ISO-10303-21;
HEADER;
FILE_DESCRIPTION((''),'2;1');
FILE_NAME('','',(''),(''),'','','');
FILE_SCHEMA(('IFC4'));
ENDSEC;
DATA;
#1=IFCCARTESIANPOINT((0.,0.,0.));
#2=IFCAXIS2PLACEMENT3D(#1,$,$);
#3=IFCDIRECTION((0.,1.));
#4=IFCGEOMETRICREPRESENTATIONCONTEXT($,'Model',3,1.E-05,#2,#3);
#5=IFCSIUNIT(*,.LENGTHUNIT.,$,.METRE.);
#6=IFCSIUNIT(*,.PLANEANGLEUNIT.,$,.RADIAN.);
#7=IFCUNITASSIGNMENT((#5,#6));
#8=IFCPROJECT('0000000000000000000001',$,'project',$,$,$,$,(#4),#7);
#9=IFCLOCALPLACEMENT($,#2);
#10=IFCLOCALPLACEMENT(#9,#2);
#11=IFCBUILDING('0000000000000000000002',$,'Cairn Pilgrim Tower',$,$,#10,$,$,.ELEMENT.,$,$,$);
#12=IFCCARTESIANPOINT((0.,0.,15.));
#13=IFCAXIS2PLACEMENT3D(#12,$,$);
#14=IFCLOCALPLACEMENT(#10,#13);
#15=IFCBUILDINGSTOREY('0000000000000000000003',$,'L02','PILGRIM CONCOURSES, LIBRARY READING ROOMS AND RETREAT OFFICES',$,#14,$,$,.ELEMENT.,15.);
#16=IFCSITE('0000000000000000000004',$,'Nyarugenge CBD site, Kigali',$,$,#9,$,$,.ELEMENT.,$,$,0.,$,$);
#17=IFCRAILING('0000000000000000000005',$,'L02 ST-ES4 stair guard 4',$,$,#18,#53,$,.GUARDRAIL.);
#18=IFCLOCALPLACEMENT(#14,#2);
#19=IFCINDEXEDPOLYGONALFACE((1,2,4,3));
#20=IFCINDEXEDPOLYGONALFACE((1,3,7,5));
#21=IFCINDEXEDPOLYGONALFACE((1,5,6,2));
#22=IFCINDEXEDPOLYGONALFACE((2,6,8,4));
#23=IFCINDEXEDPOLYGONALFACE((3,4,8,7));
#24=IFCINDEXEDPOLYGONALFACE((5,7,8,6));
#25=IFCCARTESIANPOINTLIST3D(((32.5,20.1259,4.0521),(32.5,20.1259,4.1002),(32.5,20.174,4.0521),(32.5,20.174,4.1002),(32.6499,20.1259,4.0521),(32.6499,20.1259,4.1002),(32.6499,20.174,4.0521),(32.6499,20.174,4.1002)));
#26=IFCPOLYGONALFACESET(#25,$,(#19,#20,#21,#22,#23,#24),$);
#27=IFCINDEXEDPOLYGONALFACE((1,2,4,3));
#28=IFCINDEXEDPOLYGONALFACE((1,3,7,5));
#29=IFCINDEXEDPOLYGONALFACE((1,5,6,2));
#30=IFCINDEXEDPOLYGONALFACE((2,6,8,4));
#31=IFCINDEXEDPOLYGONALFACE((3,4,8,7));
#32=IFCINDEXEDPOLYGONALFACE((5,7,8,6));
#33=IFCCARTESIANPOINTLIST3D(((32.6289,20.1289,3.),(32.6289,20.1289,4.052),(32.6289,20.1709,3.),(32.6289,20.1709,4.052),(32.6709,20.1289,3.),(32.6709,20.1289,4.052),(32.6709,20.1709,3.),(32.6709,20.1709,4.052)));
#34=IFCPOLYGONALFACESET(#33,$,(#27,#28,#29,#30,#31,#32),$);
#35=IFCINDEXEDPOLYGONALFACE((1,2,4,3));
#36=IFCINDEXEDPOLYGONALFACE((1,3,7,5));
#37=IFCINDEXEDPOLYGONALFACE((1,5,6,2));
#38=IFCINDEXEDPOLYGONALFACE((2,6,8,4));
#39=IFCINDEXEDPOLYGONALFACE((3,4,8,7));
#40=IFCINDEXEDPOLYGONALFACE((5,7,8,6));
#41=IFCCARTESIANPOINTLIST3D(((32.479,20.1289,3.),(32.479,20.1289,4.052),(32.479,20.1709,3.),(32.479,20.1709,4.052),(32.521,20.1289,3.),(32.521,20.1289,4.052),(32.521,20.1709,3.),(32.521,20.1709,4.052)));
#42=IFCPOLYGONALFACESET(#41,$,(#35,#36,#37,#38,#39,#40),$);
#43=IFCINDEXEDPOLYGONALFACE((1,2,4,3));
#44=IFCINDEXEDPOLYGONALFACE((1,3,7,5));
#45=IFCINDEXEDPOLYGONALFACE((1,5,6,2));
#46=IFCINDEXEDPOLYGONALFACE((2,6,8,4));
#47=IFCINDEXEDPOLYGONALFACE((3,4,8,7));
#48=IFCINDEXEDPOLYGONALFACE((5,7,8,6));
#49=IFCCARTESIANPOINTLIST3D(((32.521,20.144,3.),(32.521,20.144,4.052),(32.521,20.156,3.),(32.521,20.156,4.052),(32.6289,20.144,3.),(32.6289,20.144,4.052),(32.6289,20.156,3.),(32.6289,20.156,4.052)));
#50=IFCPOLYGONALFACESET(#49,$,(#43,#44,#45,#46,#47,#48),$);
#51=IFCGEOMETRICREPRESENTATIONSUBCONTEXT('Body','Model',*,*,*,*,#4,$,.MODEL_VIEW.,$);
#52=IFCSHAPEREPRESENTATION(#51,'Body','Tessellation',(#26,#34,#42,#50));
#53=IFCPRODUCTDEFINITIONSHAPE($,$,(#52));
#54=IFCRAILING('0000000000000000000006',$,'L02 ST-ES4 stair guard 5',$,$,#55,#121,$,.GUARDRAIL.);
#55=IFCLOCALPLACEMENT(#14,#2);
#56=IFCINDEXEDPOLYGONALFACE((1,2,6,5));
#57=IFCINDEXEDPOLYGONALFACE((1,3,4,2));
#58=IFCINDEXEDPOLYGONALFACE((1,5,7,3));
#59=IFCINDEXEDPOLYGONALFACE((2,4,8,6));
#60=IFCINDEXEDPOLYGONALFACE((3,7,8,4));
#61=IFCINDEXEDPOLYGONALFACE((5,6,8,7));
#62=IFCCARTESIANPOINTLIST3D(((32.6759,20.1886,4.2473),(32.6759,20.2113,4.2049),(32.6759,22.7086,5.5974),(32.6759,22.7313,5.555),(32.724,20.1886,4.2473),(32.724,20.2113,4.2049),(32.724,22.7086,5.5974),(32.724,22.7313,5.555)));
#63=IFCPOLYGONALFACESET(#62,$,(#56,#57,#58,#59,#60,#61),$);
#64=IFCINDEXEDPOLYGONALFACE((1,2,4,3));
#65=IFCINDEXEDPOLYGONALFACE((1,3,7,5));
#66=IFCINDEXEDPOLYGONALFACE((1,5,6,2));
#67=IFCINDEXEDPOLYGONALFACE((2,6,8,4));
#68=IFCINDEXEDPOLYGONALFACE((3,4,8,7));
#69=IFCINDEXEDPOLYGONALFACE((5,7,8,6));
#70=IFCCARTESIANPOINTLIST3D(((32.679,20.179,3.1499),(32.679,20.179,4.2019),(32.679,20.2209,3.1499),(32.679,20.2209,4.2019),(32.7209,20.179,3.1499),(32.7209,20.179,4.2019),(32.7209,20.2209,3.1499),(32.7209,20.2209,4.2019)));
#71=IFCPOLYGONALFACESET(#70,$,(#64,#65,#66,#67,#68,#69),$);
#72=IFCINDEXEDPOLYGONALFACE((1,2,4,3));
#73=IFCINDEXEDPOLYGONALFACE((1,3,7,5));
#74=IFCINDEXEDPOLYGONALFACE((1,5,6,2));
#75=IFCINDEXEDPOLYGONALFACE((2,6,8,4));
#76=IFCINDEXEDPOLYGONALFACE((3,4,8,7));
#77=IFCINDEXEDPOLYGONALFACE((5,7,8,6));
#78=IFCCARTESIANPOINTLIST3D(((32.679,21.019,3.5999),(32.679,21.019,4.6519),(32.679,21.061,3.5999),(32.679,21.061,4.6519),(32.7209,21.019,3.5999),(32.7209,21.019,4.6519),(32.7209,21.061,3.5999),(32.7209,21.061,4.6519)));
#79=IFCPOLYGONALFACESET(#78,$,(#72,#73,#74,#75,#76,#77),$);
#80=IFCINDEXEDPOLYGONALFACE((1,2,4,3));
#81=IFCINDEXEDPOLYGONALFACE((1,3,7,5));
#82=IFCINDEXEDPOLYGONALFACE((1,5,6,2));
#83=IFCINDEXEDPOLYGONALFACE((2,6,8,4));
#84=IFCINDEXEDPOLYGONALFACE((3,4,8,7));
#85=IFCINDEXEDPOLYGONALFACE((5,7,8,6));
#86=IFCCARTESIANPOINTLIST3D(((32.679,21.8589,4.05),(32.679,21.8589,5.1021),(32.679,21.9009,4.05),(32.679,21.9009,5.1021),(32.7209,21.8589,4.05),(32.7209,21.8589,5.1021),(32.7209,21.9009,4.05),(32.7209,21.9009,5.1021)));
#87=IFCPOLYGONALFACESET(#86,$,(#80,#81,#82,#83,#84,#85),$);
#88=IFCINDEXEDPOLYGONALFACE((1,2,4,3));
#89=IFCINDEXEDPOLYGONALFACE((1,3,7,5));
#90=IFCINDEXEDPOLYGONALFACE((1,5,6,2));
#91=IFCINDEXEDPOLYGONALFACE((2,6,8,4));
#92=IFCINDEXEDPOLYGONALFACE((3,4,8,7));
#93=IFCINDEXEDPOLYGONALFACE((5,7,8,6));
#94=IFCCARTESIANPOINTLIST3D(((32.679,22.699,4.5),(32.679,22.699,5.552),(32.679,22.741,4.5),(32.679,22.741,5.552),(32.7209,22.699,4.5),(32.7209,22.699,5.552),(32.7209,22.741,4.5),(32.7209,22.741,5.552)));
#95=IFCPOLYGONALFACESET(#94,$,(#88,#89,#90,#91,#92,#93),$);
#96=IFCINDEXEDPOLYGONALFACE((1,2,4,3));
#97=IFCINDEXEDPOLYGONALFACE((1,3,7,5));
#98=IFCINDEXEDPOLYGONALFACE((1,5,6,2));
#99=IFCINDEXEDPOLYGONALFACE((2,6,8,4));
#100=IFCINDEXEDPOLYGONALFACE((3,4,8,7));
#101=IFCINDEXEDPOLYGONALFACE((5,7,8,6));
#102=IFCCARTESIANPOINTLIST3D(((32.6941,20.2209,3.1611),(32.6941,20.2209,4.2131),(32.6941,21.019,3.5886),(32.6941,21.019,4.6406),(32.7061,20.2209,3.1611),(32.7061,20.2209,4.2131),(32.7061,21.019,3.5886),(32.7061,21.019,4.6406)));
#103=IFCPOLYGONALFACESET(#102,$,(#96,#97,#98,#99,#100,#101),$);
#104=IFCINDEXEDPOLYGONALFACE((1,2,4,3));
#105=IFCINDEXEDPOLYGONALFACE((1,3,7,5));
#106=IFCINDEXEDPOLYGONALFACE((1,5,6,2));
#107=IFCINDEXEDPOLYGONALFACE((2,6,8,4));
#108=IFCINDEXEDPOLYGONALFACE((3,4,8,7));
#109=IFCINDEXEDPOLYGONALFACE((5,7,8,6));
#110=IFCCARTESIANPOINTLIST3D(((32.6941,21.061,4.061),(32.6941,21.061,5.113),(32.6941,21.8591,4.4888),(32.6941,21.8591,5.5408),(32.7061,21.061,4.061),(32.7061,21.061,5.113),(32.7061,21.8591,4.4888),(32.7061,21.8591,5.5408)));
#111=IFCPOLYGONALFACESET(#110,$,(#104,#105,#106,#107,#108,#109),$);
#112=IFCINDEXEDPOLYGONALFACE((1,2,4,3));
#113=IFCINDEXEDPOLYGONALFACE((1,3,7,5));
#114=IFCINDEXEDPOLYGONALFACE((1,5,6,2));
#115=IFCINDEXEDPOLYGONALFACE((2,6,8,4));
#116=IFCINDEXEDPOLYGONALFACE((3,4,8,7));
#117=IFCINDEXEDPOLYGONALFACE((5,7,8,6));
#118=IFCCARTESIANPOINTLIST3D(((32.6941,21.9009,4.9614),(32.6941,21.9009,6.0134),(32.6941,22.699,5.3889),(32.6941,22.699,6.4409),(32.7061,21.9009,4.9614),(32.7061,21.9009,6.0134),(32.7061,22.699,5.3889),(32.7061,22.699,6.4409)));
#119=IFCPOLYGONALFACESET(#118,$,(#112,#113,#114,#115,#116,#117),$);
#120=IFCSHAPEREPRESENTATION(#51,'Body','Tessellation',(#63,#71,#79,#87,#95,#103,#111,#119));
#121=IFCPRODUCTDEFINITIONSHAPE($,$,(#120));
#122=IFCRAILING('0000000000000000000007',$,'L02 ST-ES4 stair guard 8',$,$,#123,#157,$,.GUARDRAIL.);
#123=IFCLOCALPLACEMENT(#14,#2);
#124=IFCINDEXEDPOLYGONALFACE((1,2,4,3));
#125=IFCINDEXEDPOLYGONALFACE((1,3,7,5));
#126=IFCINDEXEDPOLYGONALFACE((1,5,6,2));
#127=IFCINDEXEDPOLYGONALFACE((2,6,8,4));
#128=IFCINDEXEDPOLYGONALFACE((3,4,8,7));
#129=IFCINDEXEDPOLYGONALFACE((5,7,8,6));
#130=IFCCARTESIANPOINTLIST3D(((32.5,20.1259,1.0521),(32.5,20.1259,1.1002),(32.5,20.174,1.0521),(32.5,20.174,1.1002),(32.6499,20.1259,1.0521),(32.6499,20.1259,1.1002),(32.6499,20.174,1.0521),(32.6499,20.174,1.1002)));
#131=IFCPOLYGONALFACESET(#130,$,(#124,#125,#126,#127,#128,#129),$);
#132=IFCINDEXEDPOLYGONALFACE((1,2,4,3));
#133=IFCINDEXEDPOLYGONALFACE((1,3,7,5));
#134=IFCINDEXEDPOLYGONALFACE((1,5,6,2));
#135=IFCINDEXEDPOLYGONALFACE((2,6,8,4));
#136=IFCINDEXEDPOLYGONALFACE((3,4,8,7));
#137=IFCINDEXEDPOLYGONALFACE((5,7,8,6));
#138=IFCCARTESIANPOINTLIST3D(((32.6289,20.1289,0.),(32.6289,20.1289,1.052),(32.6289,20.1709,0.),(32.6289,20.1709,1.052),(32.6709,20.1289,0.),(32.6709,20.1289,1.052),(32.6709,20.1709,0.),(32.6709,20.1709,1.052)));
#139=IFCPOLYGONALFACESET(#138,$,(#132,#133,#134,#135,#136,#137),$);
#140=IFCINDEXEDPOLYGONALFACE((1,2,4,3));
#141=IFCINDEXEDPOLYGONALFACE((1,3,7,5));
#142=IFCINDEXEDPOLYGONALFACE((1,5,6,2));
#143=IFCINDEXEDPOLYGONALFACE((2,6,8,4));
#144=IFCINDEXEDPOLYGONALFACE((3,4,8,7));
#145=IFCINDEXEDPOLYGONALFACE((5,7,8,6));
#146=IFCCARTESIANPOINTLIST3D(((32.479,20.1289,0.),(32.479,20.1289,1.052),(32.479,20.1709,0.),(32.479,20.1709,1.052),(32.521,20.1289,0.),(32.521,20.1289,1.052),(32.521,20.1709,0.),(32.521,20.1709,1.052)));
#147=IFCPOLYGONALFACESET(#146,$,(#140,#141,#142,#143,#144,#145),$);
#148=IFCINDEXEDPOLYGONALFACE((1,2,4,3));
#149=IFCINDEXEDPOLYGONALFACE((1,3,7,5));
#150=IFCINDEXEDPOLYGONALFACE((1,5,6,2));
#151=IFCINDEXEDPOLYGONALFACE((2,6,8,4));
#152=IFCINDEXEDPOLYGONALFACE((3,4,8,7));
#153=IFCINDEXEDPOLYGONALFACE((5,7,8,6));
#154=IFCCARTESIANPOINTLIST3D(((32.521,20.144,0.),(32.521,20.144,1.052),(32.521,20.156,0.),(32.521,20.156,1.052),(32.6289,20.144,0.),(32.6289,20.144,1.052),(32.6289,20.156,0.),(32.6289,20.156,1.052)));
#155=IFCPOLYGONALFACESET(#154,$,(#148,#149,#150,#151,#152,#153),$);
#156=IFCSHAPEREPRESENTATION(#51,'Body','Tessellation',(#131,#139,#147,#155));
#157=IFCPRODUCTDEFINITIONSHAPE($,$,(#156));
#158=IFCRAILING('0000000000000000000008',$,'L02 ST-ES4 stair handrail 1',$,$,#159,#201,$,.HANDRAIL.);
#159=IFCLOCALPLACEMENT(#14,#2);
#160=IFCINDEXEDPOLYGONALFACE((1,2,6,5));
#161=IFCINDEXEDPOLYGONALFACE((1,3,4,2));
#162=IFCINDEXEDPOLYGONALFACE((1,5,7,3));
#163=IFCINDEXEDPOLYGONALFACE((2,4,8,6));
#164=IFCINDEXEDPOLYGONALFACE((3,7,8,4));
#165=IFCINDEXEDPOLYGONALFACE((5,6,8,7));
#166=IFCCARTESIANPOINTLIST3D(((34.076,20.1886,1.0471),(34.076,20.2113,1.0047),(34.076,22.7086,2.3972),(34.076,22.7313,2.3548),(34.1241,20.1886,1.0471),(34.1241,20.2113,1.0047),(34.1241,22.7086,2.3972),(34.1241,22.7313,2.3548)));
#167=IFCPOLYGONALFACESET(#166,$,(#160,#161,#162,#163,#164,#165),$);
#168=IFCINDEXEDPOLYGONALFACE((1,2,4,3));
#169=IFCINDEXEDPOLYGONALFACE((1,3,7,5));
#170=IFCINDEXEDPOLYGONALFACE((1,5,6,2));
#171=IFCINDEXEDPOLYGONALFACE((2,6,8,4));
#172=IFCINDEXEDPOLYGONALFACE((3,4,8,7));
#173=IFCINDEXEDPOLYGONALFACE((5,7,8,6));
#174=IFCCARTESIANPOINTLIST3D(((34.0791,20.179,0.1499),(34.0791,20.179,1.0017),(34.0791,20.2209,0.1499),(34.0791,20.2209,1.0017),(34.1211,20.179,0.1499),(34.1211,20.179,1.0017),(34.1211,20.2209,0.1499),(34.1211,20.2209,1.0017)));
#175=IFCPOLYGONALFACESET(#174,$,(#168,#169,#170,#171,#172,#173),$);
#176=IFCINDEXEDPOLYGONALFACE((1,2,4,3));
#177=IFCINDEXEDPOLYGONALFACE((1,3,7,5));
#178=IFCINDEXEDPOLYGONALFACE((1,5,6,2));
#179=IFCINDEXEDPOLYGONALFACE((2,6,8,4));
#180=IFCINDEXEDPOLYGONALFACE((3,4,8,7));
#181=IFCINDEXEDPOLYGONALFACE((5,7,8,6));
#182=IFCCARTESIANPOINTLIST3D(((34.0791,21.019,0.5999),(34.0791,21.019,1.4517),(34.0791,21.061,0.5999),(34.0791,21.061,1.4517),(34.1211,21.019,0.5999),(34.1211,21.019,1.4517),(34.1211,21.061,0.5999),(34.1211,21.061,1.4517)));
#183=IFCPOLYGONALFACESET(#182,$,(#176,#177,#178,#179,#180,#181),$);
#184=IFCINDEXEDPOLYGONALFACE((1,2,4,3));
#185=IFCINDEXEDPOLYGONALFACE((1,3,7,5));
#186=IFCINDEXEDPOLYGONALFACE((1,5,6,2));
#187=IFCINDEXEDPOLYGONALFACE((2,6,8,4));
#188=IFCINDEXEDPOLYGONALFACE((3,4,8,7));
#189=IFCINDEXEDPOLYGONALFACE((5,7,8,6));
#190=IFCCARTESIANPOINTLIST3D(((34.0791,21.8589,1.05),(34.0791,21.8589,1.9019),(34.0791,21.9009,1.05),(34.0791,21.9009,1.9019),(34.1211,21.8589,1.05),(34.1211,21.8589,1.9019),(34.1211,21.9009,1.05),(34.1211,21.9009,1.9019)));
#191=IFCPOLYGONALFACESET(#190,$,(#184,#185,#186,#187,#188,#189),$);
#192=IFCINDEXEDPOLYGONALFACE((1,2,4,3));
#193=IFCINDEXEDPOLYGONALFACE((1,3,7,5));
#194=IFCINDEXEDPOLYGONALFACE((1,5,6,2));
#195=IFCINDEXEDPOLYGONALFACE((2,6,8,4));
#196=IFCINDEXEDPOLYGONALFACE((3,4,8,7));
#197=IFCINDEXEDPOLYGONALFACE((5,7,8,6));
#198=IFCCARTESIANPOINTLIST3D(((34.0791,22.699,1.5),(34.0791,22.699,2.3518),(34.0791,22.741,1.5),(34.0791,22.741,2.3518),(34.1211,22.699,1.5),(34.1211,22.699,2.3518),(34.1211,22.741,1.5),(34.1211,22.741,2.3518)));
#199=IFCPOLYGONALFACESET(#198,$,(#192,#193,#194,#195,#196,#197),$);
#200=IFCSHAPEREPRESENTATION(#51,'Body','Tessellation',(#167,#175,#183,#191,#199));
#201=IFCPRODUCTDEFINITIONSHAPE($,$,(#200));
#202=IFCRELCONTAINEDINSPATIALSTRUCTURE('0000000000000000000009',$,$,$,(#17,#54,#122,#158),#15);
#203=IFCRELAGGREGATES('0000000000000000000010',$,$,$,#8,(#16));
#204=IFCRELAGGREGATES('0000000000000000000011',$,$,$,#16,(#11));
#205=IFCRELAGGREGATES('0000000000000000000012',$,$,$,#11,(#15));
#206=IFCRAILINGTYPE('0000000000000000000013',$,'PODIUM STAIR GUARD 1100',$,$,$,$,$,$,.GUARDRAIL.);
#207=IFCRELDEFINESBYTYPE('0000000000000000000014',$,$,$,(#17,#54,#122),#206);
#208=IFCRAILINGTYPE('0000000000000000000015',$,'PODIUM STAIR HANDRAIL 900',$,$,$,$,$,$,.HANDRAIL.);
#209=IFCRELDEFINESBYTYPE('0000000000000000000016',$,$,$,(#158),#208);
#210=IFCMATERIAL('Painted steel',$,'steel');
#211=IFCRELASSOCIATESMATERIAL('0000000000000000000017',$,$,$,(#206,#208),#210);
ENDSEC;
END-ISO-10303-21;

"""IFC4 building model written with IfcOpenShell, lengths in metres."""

from ifc_helpers import new_model, si_unit, direction, frame, origin, origin_2d, place, context, subcontext, project, spatial, polyline, rectangle, outline, extrude, material, type_object, element, save


model = new_model("IFC4")

# Units and contexts
model_context = context("Model", 3, precision=1e-05, world=origin(), true_north=direction((0.0, 1.0)))
body_context = subcontext(model_context, "Body", "Model", "MODEL_VIEW")
ifc_project = project(units=[si_unit("LENGTHUNIT", "METRE"), si_unit("PLANEANGLEUNIT", "RADIAN")], contexts=[model_context])

# Site, building, storey
site_placement = place(None, origin())
site = spatial("IfcSite", under=ifc_project, at=site_placement, Name="Nyarugenge CBD site, Kigali", CompositionType="ELEMENT", RefElevation=0.0)
building_placement = place(site_placement, origin())
building = spatial("IfcBuilding", under=site, at=building_placement, Name="Cairn Pilgrim Tower", CompositionType="ELEMENT")
storey_placement = place(building_placement, frame((0.0, 0.0, 15.0)))
storey = spatial("IfcBuildingStorey", under=building, at=storey_placement, Name="L02", Description="PILGRIM CONCOURSES, LIBRARY READING ROOMS AND RETREAT OFFICES", CompositionType="ELEMENT", Elevation=15.0)

# Railings
ifc_material_1 = material(Name="Painted steel", Category="steel")
railing_type_1 = type_object("IfcRailingType", Name="PODIUM STAIR GUARD 1100", PredefinedType="GUARDRAIL", material=ifc_material_1)
railing_1_placement = place(storey_placement, frame((32.6499, 20.1499, 3.0)))
element("IfcRailing", 1, at=railing_1_placement, inside=storey, type_object=railing_type_1, Name="L02 ST-ES4 stair guard 4", PredefinedType="GUARDRAIL", context=body_context, shape_type="SweptSolid", body=[
    extrude(rectangle(XDim=0.0481, YDim=0.0481, at=origin_2d()), frame((0.0, 0.0, 1.0762), z_axis=(-1.0, 0.0, 0.0), x_axis=(0.0, -1.0, 0.0)), (0.0, 0.0, 1.0), 0.1499),
    extrude(rectangle(XDim=0.042, YDim=0.042, at=origin_2d()), origin(), (0.0, 0.0, 1.0), 1.052),
    extrude(rectangle(XDim=0.042, YDim=0.042, at=origin_2d()), frame((-0.1499, 0.0, 0.0)), (0.0, 0.0, 1.0), 1.052),
    extrude(outline(polyline([(0.021, 0.0), (0.1289, 0.0), (0.1289, 1.052), (0.021, 1.052), (0.021, 0.0)])), frame((0.0, -0.0059, 0.0), z_axis=(0.0, 1.0, 0.0), x_axis=(-1.0, 0.0, 0.0)), (0.0, 0.0, 1.0), 0.012),
])
railing_2_placement = place(storey_placement, frame((32.7, 20.2, 3.1499)))
element("IfcRailing", 2, at=railing_2_placement, inside=storey, type_object=railing_type_1, Name="L02 ST-ES4 stair guard 5", PredefinedType="GUARDRAIL", context=body_context, shape_type="SweptSolid", body=[
    extrude(rectangle(XDim=0.0481, YDim=0.0481, at=origin_2d()), frame((0.0, 0.0, 1.0762), z_axis=(0.0, 0.881467, 0.472245), x_axis=(-1.0, 0.0, 0.0)), (0.0, 0.0, 1.0), 2.8589),
    extrude(rectangle(XDim=0.042, YDim=0.042, at=origin_2d()), origin(), (0.0, 0.0, 1.0), 1.052),
    extrude(rectangle(XDim=0.042, YDim=0.042, at=origin_2d()), frame((0.0, 0.8401, 0.45)), (0.0, 0.0, 1.0), 1.052),
    extrude(rectangle(XDim=0.042, YDim=0.042, at=origin_2d()), frame((0.0, 1.6799, 0.9001)), (0.0, 0.0, 1.0), 1.052),
    extrude(rectangle(XDim=0.042, YDim=0.042, at=origin_2d()), frame((0.0, 2.52, 1.3501)), (0.0, 0.0, 1.0), 1.052),
    extrude(outline(polyline([(0.021, 0.0112), (0.8191, 0.4387), (0.8191, 1.4907), (0.021, 1.0632), (0.021, 0.0112)])), frame((-0.0059, 0.0, 0.0), z_axis=(1.0, 0.0, 0.0), x_axis=(0.0, 1.0, 0.0)), (0.0, 0.0, 1.0), 0.012),
    extrude(outline(polyline([(0.021, 0.4612), (0.8191, 0.8889), (0.8191, 1.9409), (0.021, 1.5132), (0.021, 0.4612)])), frame((-0.0059, 0.8401, 0.45), z_axis=(1.0, 0.0, 0.0), x_axis=(0.0, 1.0, 0.0)), (0.0, 0.0, 1.0), 0.012),
    extrude(outline(polyline([(0.021, 0.9114), (0.8191, 1.3389), (0.8191, 2.3909), (0.021, 1.9634), (0.021, 0.9114)])), frame((-0.0059, 1.6799, 0.9001), z_axis=(1.0, 0.0, 0.0), x_axis=(0.0, 1.0, 0.0)), (0.0, 0.0, 1.0), 0.012),
])
railing_3_placement = place(storey_placement, frame((32.6499, 20.1499, 0.0)))
element("IfcRailing", 3, at=railing_3_placement, inside=storey, type_object=railing_type_1, Name="L02 ST-ES4 stair guard 8", PredefinedType="GUARDRAIL", context=body_context, shape_type="SweptSolid", body=[
    extrude(rectangle(XDim=0.0481, YDim=0.0481, at=origin_2d()), frame((0.0, 0.0, 1.0762), z_axis=(-1.0, 0.0, 0.0), x_axis=(0.0, -1.0, 0.0)), (0.0, 0.0, 1.0), 0.1499),
    extrude(rectangle(XDim=0.042, YDim=0.042, at=origin_2d()), origin(), (0.0, 0.0, 1.0), 1.052),
    extrude(rectangle(XDim=0.042, YDim=0.042, at=origin_2d()), frame((-0.1499, 0.0, 0.0)), (0.0, 0.0, 1.0), 1.052),
    extrude(outline(polyline([(0.021, 0.0), (0.1289, 0.0), (0.1289, 1.052), (0.021, 1.052), (0.021, 0.0)])), frame((0.0, -0.0059, 0.0), z_axis=(0.0, 1.0, 0.0), x_axis=(-1.0, 0.0, 0.0)), (0.0, 0.0, 1.0), 0.012),
])
railing_type_2 = type_object("IfcRailingType", Name="PODIUM STAIR HANDRAIL 900", PredefinedType="HANDRAIL", material=ifc_material_1)
for number, where, name in (
    (4, (34.1001, 20.2, 0.1499), "L02 ST-ES4 stair handrail 1"),
):
    element("IfcRailing", number, at=place(storey_placement, frame(where)), inside=storey, type_object=railing_type_2, Name=name, PredefinedType="HANDRAIL", context=body_context, shape_type="SweptSolid", body=[
        extrude(rectangle(XDim=0.0481, YDim=0.0481, at=origin_2d()), frame((0.0, 0.0, 0.876), z_axis=(0.0, 0.881467, 0.472245), x_axis=(-1.0, 0.0, 0.0)), (0.0, 0.0, 1.0), 2.8589),
        extrude(rectangle(XDim=0.042, YDim=0.042, at=origin_2d()), origin(), (0.0, 0.0, 1.0), 0.8518),
        extrude(rectangle(XDim=0.042, YDim=0.042, at=origin_2d()), frame((0.0, 0.8401, 0.45)), (0.0, 0.0, 1.0), 0.8518),
        extrude(rectangle(XDim=0.042, YDim=0.042, at=origin_2d()), frame((0.0, 1.6799, 0.9001)), (0.0, 0.0, 1.0), 0.8518),
        extrude(rectangle(XDim=0.042, YDim=0.042, at=origin_2d()), frame((0.0, 2.52, 1.3501)), (0.0, 0.0, 1.0), 0.8518),
    ])

save(model, "model.ifc")
